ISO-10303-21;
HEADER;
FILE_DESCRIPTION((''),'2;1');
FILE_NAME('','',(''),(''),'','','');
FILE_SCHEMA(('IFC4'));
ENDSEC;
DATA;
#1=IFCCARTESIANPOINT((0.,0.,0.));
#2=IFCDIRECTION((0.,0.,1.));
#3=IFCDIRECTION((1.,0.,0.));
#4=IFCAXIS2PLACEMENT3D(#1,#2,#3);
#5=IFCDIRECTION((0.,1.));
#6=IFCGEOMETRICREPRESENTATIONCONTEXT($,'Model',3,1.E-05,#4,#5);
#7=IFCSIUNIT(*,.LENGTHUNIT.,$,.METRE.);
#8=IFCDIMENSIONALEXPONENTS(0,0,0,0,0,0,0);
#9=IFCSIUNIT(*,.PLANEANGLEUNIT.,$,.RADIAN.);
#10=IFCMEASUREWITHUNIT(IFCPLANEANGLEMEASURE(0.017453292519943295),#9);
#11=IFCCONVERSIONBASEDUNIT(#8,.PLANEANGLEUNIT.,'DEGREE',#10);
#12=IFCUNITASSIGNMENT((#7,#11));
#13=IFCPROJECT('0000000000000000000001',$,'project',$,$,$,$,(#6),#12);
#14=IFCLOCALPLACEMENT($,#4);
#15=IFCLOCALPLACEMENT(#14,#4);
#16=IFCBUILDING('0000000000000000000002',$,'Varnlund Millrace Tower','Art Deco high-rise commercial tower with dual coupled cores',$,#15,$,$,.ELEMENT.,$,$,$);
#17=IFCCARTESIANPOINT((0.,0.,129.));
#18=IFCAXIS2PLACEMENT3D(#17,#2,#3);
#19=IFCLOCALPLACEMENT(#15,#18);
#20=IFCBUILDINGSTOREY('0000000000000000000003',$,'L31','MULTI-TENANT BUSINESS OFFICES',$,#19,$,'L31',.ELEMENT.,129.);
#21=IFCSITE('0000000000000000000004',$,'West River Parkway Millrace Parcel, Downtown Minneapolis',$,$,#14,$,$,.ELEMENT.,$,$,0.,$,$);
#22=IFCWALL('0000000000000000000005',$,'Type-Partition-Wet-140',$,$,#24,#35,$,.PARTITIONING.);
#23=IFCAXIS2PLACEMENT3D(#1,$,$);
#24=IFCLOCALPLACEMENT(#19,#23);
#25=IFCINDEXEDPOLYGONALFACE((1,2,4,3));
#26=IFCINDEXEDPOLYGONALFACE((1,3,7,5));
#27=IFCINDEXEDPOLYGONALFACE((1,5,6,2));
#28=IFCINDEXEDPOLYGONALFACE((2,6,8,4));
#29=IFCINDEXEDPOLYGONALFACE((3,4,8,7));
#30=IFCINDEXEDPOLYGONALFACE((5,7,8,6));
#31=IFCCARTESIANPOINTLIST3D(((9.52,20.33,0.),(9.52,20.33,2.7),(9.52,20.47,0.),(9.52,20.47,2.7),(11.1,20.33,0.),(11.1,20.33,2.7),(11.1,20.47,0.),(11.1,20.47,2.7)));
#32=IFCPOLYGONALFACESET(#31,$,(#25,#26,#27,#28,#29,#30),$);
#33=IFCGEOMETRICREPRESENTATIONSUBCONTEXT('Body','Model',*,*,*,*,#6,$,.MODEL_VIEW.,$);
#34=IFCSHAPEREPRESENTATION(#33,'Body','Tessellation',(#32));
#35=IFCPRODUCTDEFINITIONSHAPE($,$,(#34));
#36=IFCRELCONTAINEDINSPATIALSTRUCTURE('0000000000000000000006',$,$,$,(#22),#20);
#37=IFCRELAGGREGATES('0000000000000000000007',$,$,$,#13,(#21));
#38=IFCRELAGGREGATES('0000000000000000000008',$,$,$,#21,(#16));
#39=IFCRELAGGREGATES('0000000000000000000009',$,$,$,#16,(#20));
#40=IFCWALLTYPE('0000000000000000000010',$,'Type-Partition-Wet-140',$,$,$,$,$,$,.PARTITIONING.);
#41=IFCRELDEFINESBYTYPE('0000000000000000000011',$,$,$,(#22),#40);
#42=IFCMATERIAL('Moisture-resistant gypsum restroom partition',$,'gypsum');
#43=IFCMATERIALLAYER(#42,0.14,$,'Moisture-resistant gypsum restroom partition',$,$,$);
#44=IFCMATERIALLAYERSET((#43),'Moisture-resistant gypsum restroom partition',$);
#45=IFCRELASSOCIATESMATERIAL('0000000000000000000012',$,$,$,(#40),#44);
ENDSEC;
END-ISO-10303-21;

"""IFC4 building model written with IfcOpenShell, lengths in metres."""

from ifc_helpers import new_model, entity, si_unit, converted_unit, direction, frame, origin_with_axes, place, context, subcontext, project, spatial, polyline, outline, extrude, material, layer, layer_set, type_object, element, save


model = new_model("IFC4")

# Units and contexts
model_context = context("Model", 3, precision=1e-05, world=origin_with_axes(), true_north=direction((0.0, 1.0)))
body_context = subcontext(model_context, "Body", "Model", "MODEL_VIEW")
ifc_project = project(units=[si_unit("LENGTHUNIT", "METRE"), converted_unit("PLANEANGLEUNIT", "DEGREE", entity("IfcPlaneAngleMeasure", 0.017453292519943295), si_unit("PLANEANGLEUNIT", "RADIAN"), dimensions=[0, 0, 0, 0, 0, 0, 0])], contexts=[model_context])

# Site, building, storey
site_placement = place(None, origin_with_axes())
site = spatial("IfcSite", under=ifc_project, at=site_placement, Name="West River Parkway Millrace Parcel, Downtown Minneapolis", CompositionType="ELEMENT", RefElevation=0.0)
building_placement = place(site_placement, origin_with_axes())
building = spatial("IfcBuilding", under=site, at=building_placement, Name="Varnlund Millrace Tower", Description="Art Deco high-rise commercial tower with dual coupled cores", CompositionType="ELEMENT")
storey_placement = place(building_placement, frame((0.0, 0.0, 129.0), z_axis=(0.0, 0.0, 1.0), x_axis=(1.0, 0.0, 0.0)))
storey = spatial("IfcBuildingStorey", under=building, at=storey_placement, Name="L31", Description="MULTI-TENANT BUSINESS OFFICES", LongName="L31", CompositionType="ELEMENT", Elevation=129.0)

# Shared definitions
ifc_material_1 = material(Name="Moisture-resistant gypsum restroom partition", Category="gypsum")
ifc_layer_1 = layer(ifc_material_1, 0.14, Name="Moisture-resistant gypsum restroom partition")
ifc_layer_set_1 = layer_set([ifc_layer_1], Name="Moisture-resistant gypsum restroom partition")
wall_type_1 = type_object("IfcWallType", Name="Type-Partition-Wet-140", PredefinedType="PARTITIONING", material=ifc_layer_set_1)

# Wall
wall_1_placement = place(storey_placement, frame((9.52, 20.4, 0.0), z_axis=(0.0, 0.0, 1.0), x_axis=(1.0, 0.0, 0.0)))
element("IfcWall", 1, at=wall_1_placement, inside=storey, type_object=wall_type_1, Name="Type-Partition-Wet-140", PredefinedType="PARTITIONING", context=body_context, shape_type="SweptSolid", body=[
    extrude(outline(polyline([(0.0, -0.07), (1.58, -0.07), (1.58, 0.07), (0.0, 0.07), (0.0, -0.07)])), origin_with_axes(), (0.0, 0.0, 1.0), 2.7),
])

save(model, "model.ifc")
